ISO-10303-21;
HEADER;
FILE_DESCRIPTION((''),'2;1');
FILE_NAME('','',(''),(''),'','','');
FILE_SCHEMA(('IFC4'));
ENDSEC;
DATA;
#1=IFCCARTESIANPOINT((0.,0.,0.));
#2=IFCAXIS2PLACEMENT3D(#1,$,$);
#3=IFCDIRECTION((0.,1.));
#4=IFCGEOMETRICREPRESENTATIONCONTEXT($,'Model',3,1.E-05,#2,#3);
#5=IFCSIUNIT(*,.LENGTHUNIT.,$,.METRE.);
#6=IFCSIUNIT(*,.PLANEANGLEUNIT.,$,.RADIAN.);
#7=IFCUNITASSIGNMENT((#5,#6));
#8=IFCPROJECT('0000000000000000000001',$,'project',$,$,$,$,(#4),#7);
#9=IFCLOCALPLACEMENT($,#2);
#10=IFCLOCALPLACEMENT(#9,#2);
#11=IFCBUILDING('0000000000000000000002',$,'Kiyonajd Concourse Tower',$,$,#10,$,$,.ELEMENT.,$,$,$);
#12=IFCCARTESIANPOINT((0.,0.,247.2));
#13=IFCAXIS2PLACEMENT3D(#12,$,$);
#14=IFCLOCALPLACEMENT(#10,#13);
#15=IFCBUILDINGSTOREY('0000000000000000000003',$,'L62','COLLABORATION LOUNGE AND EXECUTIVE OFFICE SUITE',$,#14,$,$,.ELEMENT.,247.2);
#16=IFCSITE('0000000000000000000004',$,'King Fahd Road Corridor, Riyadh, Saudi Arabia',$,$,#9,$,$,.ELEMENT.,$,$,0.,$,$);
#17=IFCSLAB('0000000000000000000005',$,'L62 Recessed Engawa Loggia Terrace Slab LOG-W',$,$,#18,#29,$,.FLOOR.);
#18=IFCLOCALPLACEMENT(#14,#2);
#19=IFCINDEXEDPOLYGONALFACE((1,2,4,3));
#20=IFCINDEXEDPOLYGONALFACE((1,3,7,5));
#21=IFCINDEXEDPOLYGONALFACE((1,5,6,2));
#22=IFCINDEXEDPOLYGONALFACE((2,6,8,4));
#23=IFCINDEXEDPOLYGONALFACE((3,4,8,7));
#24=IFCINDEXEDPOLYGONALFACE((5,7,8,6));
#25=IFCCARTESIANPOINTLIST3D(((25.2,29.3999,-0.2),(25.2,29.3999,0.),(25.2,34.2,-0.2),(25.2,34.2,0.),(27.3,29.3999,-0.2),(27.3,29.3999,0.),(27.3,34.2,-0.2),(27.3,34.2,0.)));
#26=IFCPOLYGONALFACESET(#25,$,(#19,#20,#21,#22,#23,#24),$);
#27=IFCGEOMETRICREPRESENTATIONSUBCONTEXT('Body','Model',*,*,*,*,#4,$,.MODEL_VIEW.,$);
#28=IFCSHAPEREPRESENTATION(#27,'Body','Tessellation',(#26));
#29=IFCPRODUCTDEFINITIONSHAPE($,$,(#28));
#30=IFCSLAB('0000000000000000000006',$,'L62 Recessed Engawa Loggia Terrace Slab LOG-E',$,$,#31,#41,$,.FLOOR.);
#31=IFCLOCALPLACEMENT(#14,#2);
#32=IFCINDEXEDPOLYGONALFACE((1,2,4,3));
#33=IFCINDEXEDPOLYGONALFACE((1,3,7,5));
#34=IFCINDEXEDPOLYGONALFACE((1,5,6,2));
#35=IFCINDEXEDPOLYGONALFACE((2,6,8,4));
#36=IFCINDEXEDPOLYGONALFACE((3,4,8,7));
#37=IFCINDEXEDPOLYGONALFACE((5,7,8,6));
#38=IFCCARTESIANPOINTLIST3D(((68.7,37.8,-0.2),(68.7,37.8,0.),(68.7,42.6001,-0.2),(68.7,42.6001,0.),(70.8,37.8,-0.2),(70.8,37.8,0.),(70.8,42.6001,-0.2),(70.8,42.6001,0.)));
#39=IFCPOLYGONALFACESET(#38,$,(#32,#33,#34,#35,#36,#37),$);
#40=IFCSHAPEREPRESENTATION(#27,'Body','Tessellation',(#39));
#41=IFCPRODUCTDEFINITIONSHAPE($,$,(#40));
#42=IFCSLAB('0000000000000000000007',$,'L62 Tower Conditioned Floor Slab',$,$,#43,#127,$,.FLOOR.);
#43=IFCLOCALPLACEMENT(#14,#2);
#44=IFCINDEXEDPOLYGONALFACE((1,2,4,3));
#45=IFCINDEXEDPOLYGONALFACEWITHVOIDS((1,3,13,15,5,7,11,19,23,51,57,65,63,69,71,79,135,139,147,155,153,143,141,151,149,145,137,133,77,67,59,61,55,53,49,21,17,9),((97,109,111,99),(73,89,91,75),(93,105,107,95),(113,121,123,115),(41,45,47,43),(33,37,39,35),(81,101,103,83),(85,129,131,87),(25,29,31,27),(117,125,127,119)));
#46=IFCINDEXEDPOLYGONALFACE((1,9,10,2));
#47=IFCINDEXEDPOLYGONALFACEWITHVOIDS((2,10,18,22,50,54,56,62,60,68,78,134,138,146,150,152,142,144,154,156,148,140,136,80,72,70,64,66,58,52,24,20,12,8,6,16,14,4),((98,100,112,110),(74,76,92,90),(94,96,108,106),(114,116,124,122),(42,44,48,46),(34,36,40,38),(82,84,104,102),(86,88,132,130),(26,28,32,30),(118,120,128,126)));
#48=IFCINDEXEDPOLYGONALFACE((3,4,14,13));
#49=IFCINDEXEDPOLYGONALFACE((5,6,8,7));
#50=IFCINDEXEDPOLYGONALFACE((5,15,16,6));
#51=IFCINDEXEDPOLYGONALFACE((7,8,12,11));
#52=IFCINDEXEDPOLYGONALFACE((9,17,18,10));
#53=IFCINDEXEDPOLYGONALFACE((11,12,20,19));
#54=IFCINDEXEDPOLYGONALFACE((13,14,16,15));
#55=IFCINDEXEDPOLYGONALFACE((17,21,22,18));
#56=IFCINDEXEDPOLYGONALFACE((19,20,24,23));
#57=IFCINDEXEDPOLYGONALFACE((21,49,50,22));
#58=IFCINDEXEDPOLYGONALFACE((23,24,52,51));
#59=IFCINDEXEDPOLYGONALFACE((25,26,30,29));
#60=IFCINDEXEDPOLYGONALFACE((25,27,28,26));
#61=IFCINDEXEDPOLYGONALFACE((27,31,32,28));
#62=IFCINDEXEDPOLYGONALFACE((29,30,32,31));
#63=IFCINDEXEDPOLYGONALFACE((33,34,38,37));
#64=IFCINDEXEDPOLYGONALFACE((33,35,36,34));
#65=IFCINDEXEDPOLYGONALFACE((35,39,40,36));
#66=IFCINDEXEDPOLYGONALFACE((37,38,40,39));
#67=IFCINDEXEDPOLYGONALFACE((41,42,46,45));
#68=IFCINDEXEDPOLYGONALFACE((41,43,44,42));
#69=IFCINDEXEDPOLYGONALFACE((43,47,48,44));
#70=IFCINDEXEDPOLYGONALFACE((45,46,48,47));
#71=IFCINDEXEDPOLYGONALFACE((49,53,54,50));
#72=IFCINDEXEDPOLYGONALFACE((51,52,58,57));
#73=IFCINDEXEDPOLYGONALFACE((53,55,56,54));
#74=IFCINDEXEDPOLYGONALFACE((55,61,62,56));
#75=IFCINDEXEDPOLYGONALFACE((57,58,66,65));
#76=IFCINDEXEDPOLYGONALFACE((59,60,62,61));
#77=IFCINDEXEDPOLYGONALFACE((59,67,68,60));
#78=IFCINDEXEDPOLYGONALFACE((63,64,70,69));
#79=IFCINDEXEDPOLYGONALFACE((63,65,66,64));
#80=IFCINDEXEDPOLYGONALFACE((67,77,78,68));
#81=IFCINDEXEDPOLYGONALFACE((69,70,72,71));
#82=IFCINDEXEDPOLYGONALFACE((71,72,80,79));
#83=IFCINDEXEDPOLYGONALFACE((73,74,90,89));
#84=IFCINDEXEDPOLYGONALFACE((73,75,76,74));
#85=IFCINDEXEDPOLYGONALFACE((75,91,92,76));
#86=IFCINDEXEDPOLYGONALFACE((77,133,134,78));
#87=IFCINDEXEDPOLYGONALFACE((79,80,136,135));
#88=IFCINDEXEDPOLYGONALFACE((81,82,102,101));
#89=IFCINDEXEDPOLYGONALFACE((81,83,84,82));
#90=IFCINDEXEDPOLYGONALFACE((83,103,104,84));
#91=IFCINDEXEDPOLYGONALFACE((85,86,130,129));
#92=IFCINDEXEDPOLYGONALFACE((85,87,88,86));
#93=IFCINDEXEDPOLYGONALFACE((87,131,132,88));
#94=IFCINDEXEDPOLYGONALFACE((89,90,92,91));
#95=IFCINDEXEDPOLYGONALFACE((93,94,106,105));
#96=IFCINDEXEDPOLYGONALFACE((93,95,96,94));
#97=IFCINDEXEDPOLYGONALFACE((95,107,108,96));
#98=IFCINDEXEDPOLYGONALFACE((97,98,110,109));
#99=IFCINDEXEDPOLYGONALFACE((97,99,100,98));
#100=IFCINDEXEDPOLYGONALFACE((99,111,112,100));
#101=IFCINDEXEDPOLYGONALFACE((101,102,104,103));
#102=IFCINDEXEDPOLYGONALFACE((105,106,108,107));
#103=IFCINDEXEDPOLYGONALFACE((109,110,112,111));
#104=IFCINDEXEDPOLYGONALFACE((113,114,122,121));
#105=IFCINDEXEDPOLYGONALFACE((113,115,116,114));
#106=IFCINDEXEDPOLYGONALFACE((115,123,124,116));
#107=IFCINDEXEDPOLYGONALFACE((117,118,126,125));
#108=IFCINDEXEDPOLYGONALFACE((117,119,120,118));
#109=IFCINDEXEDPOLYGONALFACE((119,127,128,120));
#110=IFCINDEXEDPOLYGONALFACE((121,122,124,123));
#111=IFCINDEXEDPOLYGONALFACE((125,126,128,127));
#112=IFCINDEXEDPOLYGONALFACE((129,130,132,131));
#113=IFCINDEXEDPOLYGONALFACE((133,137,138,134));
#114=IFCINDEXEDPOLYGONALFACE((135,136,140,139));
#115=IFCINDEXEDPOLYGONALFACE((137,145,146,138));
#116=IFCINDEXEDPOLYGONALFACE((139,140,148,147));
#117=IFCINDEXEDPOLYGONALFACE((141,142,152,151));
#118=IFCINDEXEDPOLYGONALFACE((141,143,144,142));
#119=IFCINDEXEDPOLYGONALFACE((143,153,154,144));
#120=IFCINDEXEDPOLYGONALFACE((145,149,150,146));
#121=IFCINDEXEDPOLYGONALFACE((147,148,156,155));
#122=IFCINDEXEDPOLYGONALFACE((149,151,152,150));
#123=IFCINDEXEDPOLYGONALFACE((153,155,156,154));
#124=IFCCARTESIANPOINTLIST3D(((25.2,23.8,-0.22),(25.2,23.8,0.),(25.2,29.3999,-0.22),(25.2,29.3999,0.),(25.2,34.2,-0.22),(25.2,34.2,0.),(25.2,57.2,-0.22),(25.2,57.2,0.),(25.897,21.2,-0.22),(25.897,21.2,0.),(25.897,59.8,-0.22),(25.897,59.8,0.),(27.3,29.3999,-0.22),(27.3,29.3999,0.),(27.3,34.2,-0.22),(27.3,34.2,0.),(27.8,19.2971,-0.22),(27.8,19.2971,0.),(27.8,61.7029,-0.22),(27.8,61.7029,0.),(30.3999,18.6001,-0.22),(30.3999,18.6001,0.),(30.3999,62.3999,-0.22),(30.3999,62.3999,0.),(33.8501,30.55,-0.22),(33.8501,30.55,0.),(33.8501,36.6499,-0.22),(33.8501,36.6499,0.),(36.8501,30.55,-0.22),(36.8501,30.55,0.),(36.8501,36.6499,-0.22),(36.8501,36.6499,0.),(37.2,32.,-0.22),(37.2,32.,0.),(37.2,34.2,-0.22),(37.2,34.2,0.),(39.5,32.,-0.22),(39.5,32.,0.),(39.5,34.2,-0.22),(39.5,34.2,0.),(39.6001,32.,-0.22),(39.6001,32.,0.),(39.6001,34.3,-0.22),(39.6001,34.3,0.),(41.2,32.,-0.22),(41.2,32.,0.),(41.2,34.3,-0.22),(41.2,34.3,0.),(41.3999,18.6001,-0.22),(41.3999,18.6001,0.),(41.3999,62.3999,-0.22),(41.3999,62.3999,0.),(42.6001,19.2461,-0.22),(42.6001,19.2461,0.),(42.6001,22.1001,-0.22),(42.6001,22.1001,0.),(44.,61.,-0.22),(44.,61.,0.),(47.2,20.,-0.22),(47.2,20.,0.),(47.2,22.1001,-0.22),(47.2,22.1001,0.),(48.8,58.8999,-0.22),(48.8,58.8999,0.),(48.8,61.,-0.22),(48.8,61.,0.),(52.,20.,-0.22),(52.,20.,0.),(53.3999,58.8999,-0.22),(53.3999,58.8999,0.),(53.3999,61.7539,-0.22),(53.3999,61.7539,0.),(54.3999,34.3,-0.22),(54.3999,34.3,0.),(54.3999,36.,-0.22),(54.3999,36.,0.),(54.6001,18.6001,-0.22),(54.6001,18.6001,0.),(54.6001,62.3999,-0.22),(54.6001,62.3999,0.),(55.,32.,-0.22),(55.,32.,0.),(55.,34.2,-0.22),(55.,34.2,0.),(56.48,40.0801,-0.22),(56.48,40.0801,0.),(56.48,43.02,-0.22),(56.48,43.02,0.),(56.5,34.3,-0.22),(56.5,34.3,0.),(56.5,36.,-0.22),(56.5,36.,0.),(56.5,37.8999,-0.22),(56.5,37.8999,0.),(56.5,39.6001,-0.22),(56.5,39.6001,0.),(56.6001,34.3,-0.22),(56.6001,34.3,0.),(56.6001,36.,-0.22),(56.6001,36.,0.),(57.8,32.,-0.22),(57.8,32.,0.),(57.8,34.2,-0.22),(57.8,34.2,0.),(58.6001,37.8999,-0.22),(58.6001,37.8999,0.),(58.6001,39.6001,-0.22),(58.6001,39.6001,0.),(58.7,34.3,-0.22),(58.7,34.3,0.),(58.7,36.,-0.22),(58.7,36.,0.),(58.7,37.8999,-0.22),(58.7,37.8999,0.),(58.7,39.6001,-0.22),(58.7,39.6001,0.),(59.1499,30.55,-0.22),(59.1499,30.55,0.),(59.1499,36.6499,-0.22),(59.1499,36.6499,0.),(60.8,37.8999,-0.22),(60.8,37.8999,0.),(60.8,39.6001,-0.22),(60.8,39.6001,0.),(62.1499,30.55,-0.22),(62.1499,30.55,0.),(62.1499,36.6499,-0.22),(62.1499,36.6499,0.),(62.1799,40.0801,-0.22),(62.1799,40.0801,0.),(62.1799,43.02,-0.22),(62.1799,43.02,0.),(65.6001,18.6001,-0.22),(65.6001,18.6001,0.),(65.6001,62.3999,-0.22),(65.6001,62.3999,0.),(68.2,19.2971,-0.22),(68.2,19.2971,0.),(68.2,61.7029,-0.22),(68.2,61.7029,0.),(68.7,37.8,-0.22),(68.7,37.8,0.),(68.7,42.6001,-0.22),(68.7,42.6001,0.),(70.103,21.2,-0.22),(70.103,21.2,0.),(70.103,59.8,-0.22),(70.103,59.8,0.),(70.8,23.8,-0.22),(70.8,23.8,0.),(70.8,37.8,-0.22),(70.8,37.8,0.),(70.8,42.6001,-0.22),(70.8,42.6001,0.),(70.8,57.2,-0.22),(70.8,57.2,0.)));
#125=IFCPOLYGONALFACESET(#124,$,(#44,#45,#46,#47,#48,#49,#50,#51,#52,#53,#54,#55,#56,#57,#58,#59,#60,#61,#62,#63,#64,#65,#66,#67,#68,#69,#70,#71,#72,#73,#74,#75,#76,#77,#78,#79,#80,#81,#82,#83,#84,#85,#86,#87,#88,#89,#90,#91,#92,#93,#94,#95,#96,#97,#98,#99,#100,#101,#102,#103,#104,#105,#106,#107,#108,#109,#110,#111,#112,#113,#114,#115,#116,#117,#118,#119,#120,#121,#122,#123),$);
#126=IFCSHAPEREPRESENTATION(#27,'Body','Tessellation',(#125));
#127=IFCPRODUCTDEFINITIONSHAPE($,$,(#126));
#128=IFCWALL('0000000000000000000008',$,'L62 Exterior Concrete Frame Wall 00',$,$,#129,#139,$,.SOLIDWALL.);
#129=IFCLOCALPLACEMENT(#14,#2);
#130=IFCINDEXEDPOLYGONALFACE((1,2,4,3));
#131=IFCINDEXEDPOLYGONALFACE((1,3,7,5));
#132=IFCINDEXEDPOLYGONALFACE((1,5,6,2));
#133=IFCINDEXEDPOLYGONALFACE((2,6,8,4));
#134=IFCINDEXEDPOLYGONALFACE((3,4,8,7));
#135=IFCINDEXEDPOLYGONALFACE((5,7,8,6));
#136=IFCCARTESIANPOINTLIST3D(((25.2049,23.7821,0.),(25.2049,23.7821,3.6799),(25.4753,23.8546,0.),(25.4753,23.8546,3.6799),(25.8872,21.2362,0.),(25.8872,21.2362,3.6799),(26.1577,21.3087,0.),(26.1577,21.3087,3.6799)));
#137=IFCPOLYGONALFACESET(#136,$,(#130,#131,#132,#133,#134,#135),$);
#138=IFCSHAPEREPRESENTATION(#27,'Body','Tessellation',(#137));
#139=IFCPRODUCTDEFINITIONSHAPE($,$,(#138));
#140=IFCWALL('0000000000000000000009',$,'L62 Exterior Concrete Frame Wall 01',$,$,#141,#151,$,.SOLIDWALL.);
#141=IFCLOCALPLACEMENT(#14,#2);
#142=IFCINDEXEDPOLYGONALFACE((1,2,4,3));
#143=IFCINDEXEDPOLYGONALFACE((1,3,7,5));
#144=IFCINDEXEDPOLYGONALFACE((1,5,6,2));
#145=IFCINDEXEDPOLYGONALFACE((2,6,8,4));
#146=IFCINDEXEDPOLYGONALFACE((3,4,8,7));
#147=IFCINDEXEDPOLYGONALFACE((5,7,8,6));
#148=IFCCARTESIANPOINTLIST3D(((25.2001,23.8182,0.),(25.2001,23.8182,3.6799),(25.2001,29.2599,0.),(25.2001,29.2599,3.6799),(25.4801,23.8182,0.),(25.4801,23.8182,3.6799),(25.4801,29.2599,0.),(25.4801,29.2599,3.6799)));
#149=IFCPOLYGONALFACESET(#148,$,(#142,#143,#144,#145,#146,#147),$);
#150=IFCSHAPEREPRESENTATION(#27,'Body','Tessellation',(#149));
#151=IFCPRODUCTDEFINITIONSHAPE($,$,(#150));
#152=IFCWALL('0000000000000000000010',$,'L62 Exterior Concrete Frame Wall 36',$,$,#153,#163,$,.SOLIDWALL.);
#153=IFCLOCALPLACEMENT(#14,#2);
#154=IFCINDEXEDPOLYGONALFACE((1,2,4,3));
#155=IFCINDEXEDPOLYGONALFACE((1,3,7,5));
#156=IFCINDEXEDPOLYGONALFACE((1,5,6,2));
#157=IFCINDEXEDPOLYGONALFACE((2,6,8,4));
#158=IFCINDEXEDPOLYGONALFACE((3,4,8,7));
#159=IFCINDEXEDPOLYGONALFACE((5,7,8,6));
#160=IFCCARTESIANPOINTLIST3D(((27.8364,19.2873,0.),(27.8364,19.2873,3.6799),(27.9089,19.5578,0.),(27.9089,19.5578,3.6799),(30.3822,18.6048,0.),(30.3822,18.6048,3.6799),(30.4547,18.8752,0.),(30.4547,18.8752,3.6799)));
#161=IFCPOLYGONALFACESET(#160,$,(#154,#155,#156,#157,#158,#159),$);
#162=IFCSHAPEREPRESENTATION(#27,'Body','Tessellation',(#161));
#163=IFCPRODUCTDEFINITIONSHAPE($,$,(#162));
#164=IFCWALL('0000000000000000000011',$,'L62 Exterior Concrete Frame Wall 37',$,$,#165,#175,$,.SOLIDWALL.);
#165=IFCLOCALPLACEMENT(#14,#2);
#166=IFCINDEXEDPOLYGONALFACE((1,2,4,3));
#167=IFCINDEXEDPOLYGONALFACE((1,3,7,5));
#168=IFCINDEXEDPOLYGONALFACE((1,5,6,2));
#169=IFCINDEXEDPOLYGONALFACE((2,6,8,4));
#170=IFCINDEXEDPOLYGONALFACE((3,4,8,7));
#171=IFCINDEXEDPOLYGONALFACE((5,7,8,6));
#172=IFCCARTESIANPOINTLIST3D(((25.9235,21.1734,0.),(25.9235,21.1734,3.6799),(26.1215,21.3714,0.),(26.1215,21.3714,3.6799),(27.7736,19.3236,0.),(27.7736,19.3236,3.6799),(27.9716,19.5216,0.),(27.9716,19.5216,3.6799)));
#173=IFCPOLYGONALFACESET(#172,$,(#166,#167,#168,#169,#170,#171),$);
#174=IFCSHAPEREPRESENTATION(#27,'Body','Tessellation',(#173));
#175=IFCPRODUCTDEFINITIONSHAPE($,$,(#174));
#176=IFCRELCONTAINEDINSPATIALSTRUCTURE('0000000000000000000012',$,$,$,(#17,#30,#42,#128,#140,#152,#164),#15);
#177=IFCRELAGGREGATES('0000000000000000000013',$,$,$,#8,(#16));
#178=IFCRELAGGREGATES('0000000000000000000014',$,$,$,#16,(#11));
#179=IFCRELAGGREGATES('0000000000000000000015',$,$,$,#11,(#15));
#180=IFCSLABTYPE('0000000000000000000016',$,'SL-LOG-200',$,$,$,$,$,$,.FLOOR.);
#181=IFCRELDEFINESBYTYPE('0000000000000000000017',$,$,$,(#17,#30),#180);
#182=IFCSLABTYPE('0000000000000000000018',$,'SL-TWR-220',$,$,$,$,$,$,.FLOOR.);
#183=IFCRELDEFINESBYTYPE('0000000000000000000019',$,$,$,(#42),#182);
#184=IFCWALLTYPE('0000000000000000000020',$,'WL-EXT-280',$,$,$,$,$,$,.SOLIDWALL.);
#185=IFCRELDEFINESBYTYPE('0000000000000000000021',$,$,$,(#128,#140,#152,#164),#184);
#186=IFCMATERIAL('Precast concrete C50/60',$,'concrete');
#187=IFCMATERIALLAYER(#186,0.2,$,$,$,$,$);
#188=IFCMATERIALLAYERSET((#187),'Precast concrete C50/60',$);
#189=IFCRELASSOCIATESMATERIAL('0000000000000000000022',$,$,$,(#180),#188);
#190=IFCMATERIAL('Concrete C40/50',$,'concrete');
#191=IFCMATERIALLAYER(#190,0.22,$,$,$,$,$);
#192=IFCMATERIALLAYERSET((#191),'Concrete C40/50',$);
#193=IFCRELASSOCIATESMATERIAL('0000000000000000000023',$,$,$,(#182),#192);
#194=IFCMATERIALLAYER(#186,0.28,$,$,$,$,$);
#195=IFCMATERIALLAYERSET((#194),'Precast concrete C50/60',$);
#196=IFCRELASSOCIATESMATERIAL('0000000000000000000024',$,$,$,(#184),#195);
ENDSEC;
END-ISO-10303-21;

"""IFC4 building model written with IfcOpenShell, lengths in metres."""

from ifc_helpers import new_model, si_unit, direction, frame, frame_2d, origin, place, context, subcontext, project, spatial, polyline, rectangle, outline, extrude, material, layer, layer_set, type_object, element, save


model = new_model("IFC4")

# Units and contexts
model_context = context("Model", 3, precision=1e-05, world=origin(), true_north=direction((0.0, 1.0)))
body_context = subcontext(model_context, "Body", "Model", "MODEL_VIEW")
ifc_project = project(units=[si_unit("LENGTHUNIT", "METRE"), si_unit("PLANEANGLEUNIT", "RADIAN")], contexts=[model_context])

# Site, building, storey
site_placement = place(None, origin())
site = spatial("IfcSite", under=ifc_project, at=site_placement, Name="King Fahd Road Corridor, Riyadh, Saudi Arabia", CompositionType="ELEMENT", RefElevation=0.0)
building_placement = place(site_placement, origin())
building = spatial("IfcBuilding", under=site, at=building_placement, Name="Kiyonajd Concourse Tower", CompositionType="ELEMENT")
storey_placement = place(building_placement, frame((0.0, 0.0, 247.2)))
storey = spatial("IfcBuildingStorey", under=building, at=storey_placement, Name="L62", Description="COLLABORATION LOUNGE AND EXECUTIVE OFFICE SUITE", CompositionType="ELEMENT", Elevation=247.2)

# Shared definitions
ifc_material_1 = material(Name="Concrete C40/50", Category="concrete")

# Slabs
ifc_material_2 = material(Name="Precast concrete C50/60", Category="concrete")
ifc_layer_1 = layer(ifc_material_2, 0.2)
ifc_layer_set_1 = layer_set([ifc_layer_1], Name="Precast concrete C50/60")
slab_type_1 = type_object("IfcSlabType", Name="SL-LOG-200", PredefinedType="FLOOR", material=ifc_layer_set_1)
slab_1_placement = place(storey_placement, frame((0.0, 0.0, -0.2)))
element("IfcSlab", 1, at=slab_1_placement, inside=storey, type_object=slab_type_1, Name="L62 Recessed Engawa Loggia Terrace Slab LOG-W", PredefinedType="FLOOR", context=body_context, shape_type="SweptSolid", body=[
    extrude(outline(polyline([(25.2, 29.3999), (27.3, 29.3999), (27.3, 34.2), (25.2, 34.2), (25.2, 29.3999)])), origin(), (0.0, 0.0, 1.0), 0.2),
])
slab_2_placement = place(storey_placement, frame((0.0, 0.0, -0.2)))
element("IfcSlab", 2, at=slab_2_placement, inside=storey, type_object=slab_type_1, Name="L62 Recessed Engawa Loggia Terrace Slab LOG-E", PredefinedType="FLOOR", context=body_context, shape_type="SweptSolid", body=[
    extrude(outline(polyline([(68.7, 37.8), (70.8, 37.8), (70.8, 42.6001), (68.7, 42.6001), (68.7, 37.8)])), origin(), (0.0, 0.0, 1.0), 0.2),
])
ifc_layer_2 = layer(ifc_material_1, 0.22)
ifc_layer_set_2 = layer_set([ifc_layer_2], Name="Concrete C40/50")
slab_type_2 = type_object("IfcSlabType", Name="SL-TWR-220", PredefinedType="FLOOR", material=ifc_layer_set_2)
slab_3_placement = place(storey_placement, frame((0.0, 0.0, -0.22)))
element("IfcSlab", 3, at=slab_3_placement, inside=storey, type_object=slab_type_2, Name="L62 Tower Conditioned Floor Slab", PredefinedType="FLOOR", context=body_context, shape_type="SweptSolid", body=[
    extrude(outline(polyline([(25.897, 21.2), (25.2, 23.8), (25.2, 29.3999), (27.3, 29.3999), (27.3, 34.2), (25.2, 34.2), (25.2, 57.2), (25.897, 59.8), (27.8, 61.7029), (30.3999, 62.3999), (41.3999, 62.3999), (44.0, 61.0), (48.8, 61.0), (48.8, 58.8999), (53.3999, 58.8999), (53.3999, 61.7539), (54.6001, 62.3999), (65.6001, 62.3999), (68.2, 61.7029), (70.103, 59.8), (70.8, 57.2), (70.8, 42.6001), (68.7, 42.6001), (68.7, 37.8), (70.8, 37.8), (70.8, 23.8), (70.103, 21.2), (68.2, 19.2971), (65.6001, 18.6001), (54.6001, 18.6001), (52.0, 20.0), (47.2, 20.0), (47.2, 22.1001), (42.6001, 22.1001), (42.6001, 19.2461), (41.3999, 18.6001), (30.3999, 18.6001), (27.8, 19.2971), (25.897, 21.2)]), holes=[polyline([(39.5, 32.0), (37.2, 32.0), (37.2, 34.2), (39.5, 34.2), (39.5, 32.0)]), polyline([(57.8, 32.0), (55.0, 32.0), (55.0, 34.2), (57.8, 34.2), (57.8, 32.0)]), polyline([(41.2, 32.0), (39.6001, 32.0), (39.6001, 34.3), (41.2, 34.3), (41.2, 32.0)]), polyline([(33.8501, 30.55), (33.8501, 36.6499), (36.8501, 36.6499), (36.8501, 30.55), (33.8501, 30.55)]), polyline([(59.1499, 30.55), (59.1499, 36.6499), (62.1499, 36.6499), (62.1499, 30.55), (59.1499, 30.55)]), polyline([(56.5, 34.3), (54.3999, 34.3), (54.3999, 36.0), (56.5, 36.0), (56.5, 34.3)]), polyline([(58.7, 34.3), (56.6001, 34.3), (56.6001, 36.0), (58.7, 36.0), (58.7, 34.3)]), polyline([(58.6001, 37.8999), (56.5, 37.8999), (56.5, 39.6001), (58.6001, 39.6001), (58.6001, 37.8999)]), polyline([(58.7, 37.8999), (58.7, 39.6001), (60.8, 39.6001), (60.8, 37.8999), (58.7, 37.8999)]), polyline([(56.48, 43.02), (62.1799, 43.02), (62.1799, 40.0801), (56.48, 40.0801), (56.48, 43.02)])]), origin(), (0.0, 0.0, 1.0), 0.22),
])

# Walls
ifc_layer_3 = layer(ifc_material_2, 0.28)
ifc_layer_set_3 = layer_set([ifc_layer_3], Name="Precast concrete C50/60")
wall_type_1 = type_object("IfcWallType", Name="WL-EXT-280", PredefinedType="SOLIDWALL", material=ifc_layer_set_3)
wall_1_placement = place(storey_placement, frame((26.0225, 21.2725, 0.0), z_axis=(0.0, 0.0, 1.0), x_axis=(-0.25889, 0.965907, 0.0)))
element("IfcWall", 4, at=wall_1_placement, inside=storey, type_object=wall_type_1, Name="L62 Exterior Concrete Frame Wall 00", PredefinedType="SOLIDWALL", context=body_context, shape_type="SweptSolid", body=[
    extrude(rectangle(XDim=2.6357, YDim=0.28, at=frame_2d((1.3179, 0.0))), origin(), (0.0, 0.0, 1.0), 3.6799),
])
wall_2_placement = place(storey_placement, frame((25.3401, 23.8184, 0.0), z_axis=(0.0, 0.0, 1.0), x_axis=(0.0, 1.0, 0.0)))
element("IfcWall", 5, at=wall_2_placement, inside=storey, type_object=wall_type_1, Name="L62 Exterior Concrete Frame Wall 01", PredefinedType="SOLIDWALL", context=body_context, shape_type="SweptSolid", body=[
    extrude(rectangle(XDim=5.4417, YDim=0.28, at=frame_2d((2.7207, 0.0))), origin(), (0.0, 0.0, 1.0), 3.6799),
])
wall_3_placement = place(storey_placement, frame((30.4185, 18.74, 0.0), z_axis=(0.0, 0.0, 1.0), x_axis=(-0.965884, 0.258977, 0.0)))
element("IfcWall", 6, at=wall_3_placement, inside=storey, type_object=wall_type_1, Name="L62 Exterior Concrete Frame Wall 36", PredefinedType="SOLIDWALL", context=body_context, shape_type="SweptSolid", body=[
    extrude(rectangle(XDim=2.6357, YDim=0.28, at=frame_2d((1.3179, 0.0))), origin(), (0.0, 0.0, 1.0), 3.6799),
])
wall_4_placement = place(storey_placement, frame((27.8726, 19.4226, 0.0), z_axis=(0.0, 0.0, 1.0), x_axis=(-0.707153, 0.70706, 0.0)))
element("IfcWall", 7, at=wall_4_placement, inside=storey, type_object=wall_type_1, Name="L62 Exterior Concrete Frame Wall 37", PredefinedType="SOLIDWALL", context=body_context, shape_type="SweptSolid", body=[
    extrude(rectangle(XDim=2.6162, YDim=0.28, at=frame_2d((1.3081, 0.0))), origin(), (0.0, 0.0, 1.0), 3.6799),
])

save(model, "model.ifc")
